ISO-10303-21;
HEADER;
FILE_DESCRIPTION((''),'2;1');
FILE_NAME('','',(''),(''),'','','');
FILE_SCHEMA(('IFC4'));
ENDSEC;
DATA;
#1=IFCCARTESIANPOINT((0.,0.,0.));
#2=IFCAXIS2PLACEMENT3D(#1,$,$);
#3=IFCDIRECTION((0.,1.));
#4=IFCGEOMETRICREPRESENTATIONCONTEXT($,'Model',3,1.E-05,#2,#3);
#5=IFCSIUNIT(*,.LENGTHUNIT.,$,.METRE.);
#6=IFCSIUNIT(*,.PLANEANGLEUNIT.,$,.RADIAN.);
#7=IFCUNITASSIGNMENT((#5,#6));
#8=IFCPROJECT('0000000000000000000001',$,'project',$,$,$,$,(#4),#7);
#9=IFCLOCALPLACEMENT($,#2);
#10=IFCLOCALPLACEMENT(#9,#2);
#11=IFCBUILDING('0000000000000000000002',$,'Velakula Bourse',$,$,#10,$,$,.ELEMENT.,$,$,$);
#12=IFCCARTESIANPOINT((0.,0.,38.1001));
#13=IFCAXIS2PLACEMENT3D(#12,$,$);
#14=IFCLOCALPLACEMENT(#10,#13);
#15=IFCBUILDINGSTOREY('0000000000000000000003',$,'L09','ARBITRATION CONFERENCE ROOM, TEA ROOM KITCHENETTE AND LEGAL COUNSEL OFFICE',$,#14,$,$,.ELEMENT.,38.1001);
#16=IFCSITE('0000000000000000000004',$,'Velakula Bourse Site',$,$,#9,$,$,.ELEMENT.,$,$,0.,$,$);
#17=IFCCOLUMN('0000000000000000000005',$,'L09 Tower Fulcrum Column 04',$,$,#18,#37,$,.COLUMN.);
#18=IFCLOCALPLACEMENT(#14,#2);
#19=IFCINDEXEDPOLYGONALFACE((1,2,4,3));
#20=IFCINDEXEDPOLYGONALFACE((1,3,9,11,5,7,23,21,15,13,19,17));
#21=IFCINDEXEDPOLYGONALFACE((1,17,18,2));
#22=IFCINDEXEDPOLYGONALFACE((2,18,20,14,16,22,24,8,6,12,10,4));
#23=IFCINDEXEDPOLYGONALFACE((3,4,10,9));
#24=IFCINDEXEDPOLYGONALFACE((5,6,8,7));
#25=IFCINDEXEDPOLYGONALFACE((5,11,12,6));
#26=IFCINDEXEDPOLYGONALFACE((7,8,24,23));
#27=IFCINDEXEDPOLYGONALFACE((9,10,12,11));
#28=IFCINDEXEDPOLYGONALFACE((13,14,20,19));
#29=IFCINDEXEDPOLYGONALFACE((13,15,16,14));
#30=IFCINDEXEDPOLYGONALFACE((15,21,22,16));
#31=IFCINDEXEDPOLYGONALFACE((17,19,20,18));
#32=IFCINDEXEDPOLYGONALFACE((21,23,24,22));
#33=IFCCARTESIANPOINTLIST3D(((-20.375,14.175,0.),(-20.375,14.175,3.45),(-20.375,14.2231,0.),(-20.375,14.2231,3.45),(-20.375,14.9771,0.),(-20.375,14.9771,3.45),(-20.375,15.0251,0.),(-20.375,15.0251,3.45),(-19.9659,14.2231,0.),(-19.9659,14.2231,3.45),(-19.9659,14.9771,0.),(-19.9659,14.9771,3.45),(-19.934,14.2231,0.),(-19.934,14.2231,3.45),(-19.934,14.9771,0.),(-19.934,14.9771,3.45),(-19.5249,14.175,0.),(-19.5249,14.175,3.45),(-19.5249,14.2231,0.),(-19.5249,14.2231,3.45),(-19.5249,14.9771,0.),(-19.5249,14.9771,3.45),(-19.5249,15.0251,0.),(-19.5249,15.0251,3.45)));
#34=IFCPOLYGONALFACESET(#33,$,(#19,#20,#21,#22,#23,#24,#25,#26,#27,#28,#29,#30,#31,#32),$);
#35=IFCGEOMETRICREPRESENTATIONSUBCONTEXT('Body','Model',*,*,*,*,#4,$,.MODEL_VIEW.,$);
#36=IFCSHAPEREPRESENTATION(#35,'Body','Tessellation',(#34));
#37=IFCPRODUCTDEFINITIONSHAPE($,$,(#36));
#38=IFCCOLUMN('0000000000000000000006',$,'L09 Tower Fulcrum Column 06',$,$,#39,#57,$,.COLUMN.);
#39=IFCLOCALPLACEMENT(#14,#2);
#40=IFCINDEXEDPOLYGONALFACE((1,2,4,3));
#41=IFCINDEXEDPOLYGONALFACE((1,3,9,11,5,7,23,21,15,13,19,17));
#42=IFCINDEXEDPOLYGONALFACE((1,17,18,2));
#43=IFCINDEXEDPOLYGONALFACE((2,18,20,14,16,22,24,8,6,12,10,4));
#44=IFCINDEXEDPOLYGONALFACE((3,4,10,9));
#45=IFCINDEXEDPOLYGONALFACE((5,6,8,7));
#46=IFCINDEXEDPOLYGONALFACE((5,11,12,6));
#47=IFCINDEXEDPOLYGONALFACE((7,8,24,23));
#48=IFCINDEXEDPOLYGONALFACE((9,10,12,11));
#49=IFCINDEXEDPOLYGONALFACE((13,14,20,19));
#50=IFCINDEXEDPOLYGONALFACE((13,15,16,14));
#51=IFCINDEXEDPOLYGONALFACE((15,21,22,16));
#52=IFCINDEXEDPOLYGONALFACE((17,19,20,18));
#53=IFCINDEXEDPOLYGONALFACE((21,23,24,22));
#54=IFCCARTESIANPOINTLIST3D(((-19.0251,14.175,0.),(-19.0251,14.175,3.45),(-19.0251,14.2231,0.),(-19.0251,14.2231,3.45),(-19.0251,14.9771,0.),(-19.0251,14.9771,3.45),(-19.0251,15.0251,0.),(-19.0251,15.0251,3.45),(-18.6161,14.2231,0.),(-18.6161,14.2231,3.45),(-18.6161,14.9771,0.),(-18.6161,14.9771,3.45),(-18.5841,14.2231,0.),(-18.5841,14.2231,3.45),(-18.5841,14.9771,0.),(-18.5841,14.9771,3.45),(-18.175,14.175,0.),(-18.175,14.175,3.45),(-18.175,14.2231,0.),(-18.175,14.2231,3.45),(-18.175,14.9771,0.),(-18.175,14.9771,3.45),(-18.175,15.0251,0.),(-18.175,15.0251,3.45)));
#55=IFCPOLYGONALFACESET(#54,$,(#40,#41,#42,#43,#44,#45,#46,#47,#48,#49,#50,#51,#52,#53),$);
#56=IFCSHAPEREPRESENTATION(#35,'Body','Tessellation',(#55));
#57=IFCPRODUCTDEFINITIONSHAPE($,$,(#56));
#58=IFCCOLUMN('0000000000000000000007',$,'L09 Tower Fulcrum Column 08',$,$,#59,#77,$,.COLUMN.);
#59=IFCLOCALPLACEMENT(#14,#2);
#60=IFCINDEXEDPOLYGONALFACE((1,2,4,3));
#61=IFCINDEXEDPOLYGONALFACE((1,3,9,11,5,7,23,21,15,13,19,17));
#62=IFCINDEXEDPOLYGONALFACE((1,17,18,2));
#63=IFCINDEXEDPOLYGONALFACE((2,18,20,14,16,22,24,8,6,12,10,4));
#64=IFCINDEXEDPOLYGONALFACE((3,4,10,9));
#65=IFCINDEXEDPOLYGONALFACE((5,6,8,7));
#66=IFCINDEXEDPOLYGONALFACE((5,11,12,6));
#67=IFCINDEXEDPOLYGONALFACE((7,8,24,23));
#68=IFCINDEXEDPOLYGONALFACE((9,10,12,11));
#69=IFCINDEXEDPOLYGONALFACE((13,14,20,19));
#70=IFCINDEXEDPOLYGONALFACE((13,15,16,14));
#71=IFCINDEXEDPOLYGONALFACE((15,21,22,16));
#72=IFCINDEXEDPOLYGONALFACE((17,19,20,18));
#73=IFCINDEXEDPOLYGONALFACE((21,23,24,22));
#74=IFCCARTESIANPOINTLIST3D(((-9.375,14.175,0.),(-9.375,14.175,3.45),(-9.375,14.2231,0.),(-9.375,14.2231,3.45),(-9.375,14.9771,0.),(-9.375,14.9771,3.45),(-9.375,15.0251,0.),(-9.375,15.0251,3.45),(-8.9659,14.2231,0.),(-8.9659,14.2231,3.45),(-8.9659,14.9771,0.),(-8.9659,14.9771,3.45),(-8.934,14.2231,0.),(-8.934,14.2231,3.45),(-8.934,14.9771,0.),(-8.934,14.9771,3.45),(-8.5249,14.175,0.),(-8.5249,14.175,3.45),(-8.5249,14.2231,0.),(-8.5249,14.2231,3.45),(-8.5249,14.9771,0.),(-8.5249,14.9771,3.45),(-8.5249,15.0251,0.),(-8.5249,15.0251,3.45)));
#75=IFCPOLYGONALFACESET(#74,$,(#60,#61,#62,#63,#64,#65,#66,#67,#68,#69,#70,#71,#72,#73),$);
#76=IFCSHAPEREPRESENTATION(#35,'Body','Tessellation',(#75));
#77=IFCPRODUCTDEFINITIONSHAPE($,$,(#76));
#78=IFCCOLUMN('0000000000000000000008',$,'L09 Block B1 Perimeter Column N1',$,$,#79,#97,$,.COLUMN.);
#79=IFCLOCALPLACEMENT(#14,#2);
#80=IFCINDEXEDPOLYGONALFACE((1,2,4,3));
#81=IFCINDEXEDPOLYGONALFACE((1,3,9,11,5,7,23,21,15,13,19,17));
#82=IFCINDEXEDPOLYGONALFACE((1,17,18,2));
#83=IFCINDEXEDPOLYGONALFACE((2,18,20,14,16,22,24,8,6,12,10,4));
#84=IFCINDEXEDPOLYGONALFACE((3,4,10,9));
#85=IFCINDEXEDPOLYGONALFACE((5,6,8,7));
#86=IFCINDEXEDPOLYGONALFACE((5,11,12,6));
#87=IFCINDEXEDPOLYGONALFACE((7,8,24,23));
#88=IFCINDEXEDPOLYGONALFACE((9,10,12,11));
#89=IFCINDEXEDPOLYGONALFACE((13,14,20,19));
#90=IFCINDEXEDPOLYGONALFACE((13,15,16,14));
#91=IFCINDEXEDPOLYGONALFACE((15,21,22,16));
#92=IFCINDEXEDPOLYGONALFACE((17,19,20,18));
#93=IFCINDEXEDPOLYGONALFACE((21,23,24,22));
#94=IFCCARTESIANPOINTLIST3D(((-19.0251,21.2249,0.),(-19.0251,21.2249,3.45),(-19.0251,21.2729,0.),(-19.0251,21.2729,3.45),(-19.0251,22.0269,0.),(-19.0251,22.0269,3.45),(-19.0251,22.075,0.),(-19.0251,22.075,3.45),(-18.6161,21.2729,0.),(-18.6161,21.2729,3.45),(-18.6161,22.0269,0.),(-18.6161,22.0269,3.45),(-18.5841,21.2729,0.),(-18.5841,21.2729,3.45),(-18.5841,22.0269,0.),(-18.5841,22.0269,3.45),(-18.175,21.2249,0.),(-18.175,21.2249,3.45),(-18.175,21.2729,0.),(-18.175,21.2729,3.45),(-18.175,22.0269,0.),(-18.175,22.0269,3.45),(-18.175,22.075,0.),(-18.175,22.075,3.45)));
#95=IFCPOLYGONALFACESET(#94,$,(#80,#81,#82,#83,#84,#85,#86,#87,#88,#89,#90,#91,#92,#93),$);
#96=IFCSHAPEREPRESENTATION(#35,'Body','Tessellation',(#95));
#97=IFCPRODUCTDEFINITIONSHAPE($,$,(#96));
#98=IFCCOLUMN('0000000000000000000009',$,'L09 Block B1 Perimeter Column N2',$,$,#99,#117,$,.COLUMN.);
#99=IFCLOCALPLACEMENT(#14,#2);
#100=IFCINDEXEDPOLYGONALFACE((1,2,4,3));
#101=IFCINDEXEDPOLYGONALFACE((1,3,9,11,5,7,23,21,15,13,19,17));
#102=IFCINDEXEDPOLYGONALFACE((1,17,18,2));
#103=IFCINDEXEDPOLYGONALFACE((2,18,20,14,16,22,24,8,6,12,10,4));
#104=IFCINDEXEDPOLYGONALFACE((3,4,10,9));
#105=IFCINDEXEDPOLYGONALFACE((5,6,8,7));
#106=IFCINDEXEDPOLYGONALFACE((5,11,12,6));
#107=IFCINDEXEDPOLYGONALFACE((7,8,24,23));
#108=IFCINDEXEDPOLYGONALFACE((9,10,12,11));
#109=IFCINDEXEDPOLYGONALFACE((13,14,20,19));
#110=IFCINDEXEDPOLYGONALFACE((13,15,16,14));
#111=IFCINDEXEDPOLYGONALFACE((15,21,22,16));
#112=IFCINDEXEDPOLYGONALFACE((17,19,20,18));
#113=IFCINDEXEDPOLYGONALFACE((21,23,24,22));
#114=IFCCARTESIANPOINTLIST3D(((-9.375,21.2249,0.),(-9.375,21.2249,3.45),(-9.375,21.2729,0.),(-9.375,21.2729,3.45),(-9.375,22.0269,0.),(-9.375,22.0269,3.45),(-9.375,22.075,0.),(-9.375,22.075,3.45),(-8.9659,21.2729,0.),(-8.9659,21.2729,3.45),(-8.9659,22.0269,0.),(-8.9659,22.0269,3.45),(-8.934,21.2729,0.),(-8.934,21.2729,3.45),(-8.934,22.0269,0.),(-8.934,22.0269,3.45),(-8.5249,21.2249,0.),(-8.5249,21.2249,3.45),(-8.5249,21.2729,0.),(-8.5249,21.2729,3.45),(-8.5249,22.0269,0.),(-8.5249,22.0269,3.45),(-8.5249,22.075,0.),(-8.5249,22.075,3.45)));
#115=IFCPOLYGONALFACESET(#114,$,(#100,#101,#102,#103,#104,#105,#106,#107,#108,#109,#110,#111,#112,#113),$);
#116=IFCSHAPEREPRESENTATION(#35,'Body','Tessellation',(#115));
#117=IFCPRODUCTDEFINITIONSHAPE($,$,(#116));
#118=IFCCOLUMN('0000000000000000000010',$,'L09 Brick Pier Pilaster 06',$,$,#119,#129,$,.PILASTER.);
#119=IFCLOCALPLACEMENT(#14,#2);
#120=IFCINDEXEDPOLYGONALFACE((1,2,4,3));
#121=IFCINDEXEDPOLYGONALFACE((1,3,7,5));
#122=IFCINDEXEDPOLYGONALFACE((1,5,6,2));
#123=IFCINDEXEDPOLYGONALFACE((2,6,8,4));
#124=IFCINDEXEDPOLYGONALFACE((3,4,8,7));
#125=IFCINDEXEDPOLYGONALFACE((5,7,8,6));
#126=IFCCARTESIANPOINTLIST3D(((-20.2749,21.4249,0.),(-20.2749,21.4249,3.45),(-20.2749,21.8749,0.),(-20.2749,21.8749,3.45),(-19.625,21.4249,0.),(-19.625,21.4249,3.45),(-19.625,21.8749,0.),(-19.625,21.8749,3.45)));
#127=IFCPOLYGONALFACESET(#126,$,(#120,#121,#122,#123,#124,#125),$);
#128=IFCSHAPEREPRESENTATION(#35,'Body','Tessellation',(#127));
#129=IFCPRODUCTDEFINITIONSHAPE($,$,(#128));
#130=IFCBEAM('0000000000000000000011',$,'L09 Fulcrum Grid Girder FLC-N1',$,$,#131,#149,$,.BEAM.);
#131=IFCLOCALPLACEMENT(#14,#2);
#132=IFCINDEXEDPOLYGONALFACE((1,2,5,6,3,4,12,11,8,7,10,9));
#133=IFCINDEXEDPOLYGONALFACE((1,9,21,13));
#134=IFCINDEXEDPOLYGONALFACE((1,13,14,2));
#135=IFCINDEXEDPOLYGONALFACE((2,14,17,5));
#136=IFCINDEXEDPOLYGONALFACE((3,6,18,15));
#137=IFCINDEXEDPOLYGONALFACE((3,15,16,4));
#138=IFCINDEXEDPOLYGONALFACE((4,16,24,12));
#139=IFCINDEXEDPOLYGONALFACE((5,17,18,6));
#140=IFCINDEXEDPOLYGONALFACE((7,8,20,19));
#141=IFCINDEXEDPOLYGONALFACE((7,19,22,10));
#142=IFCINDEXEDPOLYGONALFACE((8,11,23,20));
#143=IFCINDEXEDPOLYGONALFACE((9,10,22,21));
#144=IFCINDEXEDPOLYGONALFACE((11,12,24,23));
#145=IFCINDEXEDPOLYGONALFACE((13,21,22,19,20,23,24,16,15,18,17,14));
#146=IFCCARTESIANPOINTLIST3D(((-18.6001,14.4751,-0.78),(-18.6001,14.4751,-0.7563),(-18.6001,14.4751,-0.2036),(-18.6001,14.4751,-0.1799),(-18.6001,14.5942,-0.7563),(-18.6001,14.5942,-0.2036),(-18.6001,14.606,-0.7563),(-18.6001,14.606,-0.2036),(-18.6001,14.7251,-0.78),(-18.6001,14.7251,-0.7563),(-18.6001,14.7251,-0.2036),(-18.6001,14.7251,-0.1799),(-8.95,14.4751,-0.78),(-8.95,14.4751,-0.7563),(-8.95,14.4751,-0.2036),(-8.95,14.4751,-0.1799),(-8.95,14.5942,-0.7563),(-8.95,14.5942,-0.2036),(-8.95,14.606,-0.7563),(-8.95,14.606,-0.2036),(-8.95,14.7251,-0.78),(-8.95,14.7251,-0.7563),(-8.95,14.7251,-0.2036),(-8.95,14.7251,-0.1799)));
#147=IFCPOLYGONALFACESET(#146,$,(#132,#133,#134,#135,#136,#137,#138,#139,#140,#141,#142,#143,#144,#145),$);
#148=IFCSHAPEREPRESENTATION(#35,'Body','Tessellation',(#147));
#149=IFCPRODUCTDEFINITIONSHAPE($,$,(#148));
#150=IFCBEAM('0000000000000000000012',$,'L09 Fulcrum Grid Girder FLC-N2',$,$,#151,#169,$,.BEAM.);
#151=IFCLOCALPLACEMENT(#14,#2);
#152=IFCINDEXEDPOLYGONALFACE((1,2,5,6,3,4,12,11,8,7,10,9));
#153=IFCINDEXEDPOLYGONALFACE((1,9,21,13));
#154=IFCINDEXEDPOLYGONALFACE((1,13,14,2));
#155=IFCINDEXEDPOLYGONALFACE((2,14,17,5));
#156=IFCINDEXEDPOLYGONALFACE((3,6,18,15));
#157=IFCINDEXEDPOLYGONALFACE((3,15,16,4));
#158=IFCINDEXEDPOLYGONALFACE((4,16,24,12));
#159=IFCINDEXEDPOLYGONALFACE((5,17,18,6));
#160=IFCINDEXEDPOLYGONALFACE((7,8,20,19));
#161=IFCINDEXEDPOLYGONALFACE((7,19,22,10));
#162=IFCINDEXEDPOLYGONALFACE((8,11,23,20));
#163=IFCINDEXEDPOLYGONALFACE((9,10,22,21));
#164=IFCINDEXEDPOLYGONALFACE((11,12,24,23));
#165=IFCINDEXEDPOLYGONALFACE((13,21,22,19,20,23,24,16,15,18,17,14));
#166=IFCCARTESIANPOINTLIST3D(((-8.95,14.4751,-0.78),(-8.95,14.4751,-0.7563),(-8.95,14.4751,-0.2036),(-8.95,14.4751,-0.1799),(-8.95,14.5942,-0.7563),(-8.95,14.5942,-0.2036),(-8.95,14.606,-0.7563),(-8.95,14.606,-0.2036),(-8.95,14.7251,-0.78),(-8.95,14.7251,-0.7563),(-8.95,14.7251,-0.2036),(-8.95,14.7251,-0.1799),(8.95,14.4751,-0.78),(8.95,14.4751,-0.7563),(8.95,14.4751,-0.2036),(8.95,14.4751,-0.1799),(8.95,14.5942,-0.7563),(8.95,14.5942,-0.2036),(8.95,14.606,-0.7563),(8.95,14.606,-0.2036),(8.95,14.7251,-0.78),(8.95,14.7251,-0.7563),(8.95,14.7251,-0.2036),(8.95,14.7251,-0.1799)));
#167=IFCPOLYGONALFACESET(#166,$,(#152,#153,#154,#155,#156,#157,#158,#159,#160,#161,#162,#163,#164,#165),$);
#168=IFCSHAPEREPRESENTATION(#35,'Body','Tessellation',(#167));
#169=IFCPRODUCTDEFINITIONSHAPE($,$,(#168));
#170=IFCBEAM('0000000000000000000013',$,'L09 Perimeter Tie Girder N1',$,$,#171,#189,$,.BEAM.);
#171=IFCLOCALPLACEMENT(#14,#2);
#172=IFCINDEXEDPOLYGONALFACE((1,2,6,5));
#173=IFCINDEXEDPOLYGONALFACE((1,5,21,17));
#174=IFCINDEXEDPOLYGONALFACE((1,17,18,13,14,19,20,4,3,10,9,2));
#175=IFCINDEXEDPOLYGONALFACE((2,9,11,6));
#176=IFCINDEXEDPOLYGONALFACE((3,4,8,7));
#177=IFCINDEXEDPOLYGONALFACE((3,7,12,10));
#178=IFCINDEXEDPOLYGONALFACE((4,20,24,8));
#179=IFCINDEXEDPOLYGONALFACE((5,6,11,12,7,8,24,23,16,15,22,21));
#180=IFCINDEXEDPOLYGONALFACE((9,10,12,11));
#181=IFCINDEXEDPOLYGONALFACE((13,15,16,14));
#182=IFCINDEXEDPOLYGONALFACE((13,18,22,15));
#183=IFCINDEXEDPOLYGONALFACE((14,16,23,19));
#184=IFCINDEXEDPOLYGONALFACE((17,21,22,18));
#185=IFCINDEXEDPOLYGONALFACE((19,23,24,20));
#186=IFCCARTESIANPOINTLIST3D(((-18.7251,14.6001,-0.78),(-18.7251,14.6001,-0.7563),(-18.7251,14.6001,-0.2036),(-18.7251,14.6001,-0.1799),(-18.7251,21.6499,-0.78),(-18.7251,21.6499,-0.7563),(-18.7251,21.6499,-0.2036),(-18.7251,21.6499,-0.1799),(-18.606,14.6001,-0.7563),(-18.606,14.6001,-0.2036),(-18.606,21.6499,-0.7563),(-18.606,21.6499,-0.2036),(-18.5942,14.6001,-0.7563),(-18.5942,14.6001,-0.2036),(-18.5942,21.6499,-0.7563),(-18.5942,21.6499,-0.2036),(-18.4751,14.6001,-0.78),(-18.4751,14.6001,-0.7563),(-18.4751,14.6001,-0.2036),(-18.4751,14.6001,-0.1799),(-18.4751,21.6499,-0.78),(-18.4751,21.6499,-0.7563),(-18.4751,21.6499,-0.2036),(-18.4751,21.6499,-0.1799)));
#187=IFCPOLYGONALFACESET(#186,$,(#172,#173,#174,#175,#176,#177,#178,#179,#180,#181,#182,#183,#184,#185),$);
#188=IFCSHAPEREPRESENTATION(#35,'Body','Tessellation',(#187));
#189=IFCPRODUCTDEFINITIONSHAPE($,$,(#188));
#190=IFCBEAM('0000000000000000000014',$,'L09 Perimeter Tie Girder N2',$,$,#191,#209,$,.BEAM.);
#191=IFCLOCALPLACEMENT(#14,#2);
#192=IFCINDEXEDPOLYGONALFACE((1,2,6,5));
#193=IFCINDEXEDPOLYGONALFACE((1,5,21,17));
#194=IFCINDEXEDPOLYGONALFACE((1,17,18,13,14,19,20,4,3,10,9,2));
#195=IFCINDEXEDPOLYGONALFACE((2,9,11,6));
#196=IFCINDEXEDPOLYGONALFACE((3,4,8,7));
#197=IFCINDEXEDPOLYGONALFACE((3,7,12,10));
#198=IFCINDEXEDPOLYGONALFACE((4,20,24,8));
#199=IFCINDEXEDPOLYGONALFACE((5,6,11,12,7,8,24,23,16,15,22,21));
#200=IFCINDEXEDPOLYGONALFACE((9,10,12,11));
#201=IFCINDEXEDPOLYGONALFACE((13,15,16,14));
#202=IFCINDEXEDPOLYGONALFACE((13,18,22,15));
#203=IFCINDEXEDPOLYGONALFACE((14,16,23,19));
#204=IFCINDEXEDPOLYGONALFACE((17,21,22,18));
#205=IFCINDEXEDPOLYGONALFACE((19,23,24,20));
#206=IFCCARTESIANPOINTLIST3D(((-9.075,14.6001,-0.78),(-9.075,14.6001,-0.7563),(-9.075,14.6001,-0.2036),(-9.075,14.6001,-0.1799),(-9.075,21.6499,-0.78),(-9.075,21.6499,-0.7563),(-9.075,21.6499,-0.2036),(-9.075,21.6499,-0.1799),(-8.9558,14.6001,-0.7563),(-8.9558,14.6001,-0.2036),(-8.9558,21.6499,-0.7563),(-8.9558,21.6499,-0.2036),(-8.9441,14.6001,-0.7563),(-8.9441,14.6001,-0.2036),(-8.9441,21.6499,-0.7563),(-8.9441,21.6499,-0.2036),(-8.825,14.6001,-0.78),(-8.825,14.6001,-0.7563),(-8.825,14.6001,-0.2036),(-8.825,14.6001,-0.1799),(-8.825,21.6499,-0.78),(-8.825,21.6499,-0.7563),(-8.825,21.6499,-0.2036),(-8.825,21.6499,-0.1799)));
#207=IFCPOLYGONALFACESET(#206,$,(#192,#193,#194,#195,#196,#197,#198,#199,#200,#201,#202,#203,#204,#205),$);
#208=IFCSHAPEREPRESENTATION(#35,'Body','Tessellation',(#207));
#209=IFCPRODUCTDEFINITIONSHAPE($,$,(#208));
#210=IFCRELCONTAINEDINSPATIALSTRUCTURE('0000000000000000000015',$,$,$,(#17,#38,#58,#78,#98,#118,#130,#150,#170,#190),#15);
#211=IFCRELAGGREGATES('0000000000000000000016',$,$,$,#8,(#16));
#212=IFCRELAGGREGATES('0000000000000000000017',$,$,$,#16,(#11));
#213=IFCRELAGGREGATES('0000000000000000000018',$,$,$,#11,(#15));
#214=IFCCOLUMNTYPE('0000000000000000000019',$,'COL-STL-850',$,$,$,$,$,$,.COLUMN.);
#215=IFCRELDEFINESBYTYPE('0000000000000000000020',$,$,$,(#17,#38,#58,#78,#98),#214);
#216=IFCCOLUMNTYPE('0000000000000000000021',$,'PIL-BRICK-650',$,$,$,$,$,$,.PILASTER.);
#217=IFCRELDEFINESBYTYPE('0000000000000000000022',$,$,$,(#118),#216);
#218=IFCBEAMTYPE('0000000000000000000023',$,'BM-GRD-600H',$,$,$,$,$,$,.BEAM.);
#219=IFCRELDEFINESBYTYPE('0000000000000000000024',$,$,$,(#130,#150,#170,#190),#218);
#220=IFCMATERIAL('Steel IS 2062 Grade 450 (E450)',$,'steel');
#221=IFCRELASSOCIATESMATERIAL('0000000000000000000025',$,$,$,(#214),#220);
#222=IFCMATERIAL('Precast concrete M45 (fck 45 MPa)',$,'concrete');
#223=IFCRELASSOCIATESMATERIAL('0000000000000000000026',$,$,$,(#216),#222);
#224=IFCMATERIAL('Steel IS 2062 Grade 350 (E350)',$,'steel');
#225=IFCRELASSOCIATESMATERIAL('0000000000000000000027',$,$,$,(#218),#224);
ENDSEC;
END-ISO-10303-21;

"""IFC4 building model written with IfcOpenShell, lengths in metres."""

from ifc_helpers import new_model, si_unit, direction, frame, origin, origin_2d, place, context, subcontext, project, spatial, rectangle, i_section, extrude, material, material_profile, profile_set, type_object, element, save


model = new_model("IFC4")

# Units and contexts
model_context = context("Model", 3, precision=1e-05, world=origin(), true_north=direction((0.0, 1.0)))
body_context = subcontext(model_context, "Body", "Model", "MODEL_VIEW")
ifc_project = project(units=[si_unit("LENGTHUNIT", "METRE"), si_unit("PLANEANGLEUNIT", "RADIAN")], contexts=[model_context])

# Site, building, storey
site_placement = place(None, origin())
site = spatial("IfcSite", under=ifc_project, at=site_placement, Name="Velakula Bourse Site", CompositionType="ELEMENT", RefElevation=0.0)
building_placement = place(site_placement, origin())
building = spatial("IfcBuilding", under=site, at=building_placement, Name="Velakula Bourse", CompositionType="ELEMENT")
storey_placement = place(building_placement, frame((0.0, 0.0, 38.1001)))
storey = spatial("IfcBuildingStorey", under=building, at=storey_placement, Name="L09", Description="ARBITRATION CONFERENCE ROOM, TEA ROOM KITCHENETTE AND LEGAL COUNSEL OFFICE", CompositionType="ELEMENT", Elevation=38.1001)

# Columns
ifc_material_1 = material(Name="Steel IS 2062 Grade 450 (E450)", Category="steel")
ifc_material_profile_1 = material_profile(ifc_material_1, i_section(OverallWidth=0.8501, OverallDepth=0.8501, WebThickness=0.032, FlangeThickness=0.0481, at=origin_2d()), Name="Steel IS 2062 Grade 450 (E450)")
ifc_profile_set_1 = profile_set([ifc_material_profile_1], Name="Steel IS 2062 Grade 450 (E450)")
column_type_1 = type_object("IfcColumnType", Name="COL-STL-850", PredefinedType="COLUMN", material=ifc_profile_set_1)
for number, where, z_axis, x_axis, name in (
    (1, (-19.95, 14.6001, 0.0), (0.0, 0.0, 1.0), (1.0, 0.0, 0.0), "L09 Tower Fulcrum Column 04"),
    (2, (-18.6001, 14.6001, 0.0), (0.0, 0.0, 1.0), (1.0, 0.0, 0.0), "L09 Tower Fulcrum Column 06"),
    (3, (-8.95, 14.6001, 0.0), (0.0, 0.0, 1.0), (1.0, 0.0, 0.0), "L09 Tower Fulcrum Column 08"),
    (4, (-18.6001, 21.6499, 0.0), (0.0, 0.0, 1.0), (1.0, 0.0, 0.0), "L09 Block B1 Perimeter Column N1"),
    (5, (-8.95, 21.6499, 0.0), (0.0, 0.0, 1.0), (1.0, 0.0, 0.0), "L09 Block B1 Perimeter Column N2"),
):
    element("IfcColumn", number, at=place(storey_placement, frame(where, z_axis=z_axis, x_axis=x_axis)), inside=storey, type_object=column_type_1, Name=name, PredefinedType="COLUMN", context=body_context, shape_type="SweptSolid", body=[
        extrude(i_section(OverallWidth=0.8501, OverallDepth=0.8501, WebThickness=0.032, FlangeThickness=0.0481, at=origin_2d()), origin(), (0.0, 0.0, 1.0), 3.45),
    ])
ifc_material_2 = material(Name="Precast concrete M45 (fck 45 MPa)", Category="concrete")
ifc_material_profile_2 = material_profile(ifc_material_2, rectangle(XDim=0.6499, YDim=0.45, at=origin_2d()), Name="Precast concrete M45 (fck 45 MPa)")
ifc_profile_set_2 = profile_set([ifc_material_profile_2], Name="Precast concrete M45 (fck 45 MPa)")
column_type_2 = type_object("IfcColumnType", Name="PIL-BRICK-650", PredefinedType="PILASTER", material=ifc_profile_set_2)
column_placement = place(storey_placement, frame((-19.95, 21.6499, 0.0), z_axis=(0.0, 0.0, 1.0), x_axis=(1.0, 0.0, 0.0)))
element("IfcColumn", 6, at=column_placement, inside=storey, type_object=column_type_2, Name="L09 Brick Pier Pilaster 06", PredefinedType="PILASTER", context=body_context, shape_type="SweptSolid", body=[
    extrude(rectangle(XDim=0.6499, YDim=0.45, at=origin_2d()), origin(), (0.0, 0.0, 1.0), 3.45),
])

# Beams
ifc_material_3 = material(Name="Steel IS 2062 Grade 350 (E350)", Category="steel")
ifc_material_profile_3 = material_profile(ifc_material_3, i_section(OverallWidth=0.25, OverallDepth=0.6001, WebThickness=0.0117, FlangeThickness=0.0237, at=origin_2d()), Name="Steel IS 2062 Grade 350 (E350)")
ifc_profile_set_3 = profile_set([ifc_material_profile_3], Name="Steel IS 2062 Grade 350 (E350)")
beam_type_1 = type_object("IfcBeamType", Name="BM-GRD-600H", PredefinedType="BEAM", material=ifc_profile_set_3)
beam_1_placement = place(storey_placement, frame((-18.6001, 14.6001, -0.48), z_axis=(1.0, 0.0, 0.0), x_axis=(0.0, 1.0, 0.0)))
element("IfcBeam", 7, at=beam_1_placement, inside=storey, type_object=beam_type_1, Name="L09 Fulcrum Grid Girder FLC-N1", PredefinedType="BEAM", context=body_context, shape_type="SweptSolid", body=[
    extrude(i_section(OverallWidth=0.25, OverallDepth=0.6001, WebThickness=0.0117, FlangeThickness=0.0237, at=origin_2d()), origin(), (0.0, 0.0, 1.0), 9.6501),
])
beam_2_placement = place(storey_placement, frame((-8.95, 14.6001, -0.48), z_axis=(1.0, 0.0, 0.0), x_axis=(0.0, 1.0, 0.0)))
element("IfcBeam", 8, at=beam_2_placement, inside=storey, type_object=beam_type_1, Name="L09 Fulcrum Grid Girder FLC-N2", PredefinedType="BEAM", context=body_context, shape_type="SweptSolid", body=[
    extrude(i_section(OverallWidth=0.25, OverallDepth=0.6001, WebThickness=0.0117, FlangeThickness=0.0237, at=origin_2d()), origin(), (0.0, 0.0, 1.0), 17.8999),
])
for number, where, z_axis, x_axis, name in (
    (9, (-18.6001, 14.6001, -0.48), (0.0, 1.0, 0.0), (-1.0, 0.0, 0.0), "L09 Perimeter Tie Girder N1"),
    (10, (-8.95, 14.6001, -0.48), (0.0, 1.0, 0.0), (-1.0, 0.0, 0.0), "L09 Perimeter Tie Girder N2"),
):
    element("IfcBeam", number, at=place(storey_placement, frame(where, z_axis=z_axis, x_axis=x_axis)), inside=storey, type_object=beam_type_1, Name=name, PredefinedType="BEAM", context=body_context, shape_type="SweptSolid", body=[
        extrude(i_section(OverallWidth=0.25, OverallDepth=0.6001, WebThickness=0.0117, FlangeThickness=0.0237, at=origin_2d()), origin(), (0.0, 0.0, 1.0), 7.0498),
    ])

save(model, "model.ifc")
